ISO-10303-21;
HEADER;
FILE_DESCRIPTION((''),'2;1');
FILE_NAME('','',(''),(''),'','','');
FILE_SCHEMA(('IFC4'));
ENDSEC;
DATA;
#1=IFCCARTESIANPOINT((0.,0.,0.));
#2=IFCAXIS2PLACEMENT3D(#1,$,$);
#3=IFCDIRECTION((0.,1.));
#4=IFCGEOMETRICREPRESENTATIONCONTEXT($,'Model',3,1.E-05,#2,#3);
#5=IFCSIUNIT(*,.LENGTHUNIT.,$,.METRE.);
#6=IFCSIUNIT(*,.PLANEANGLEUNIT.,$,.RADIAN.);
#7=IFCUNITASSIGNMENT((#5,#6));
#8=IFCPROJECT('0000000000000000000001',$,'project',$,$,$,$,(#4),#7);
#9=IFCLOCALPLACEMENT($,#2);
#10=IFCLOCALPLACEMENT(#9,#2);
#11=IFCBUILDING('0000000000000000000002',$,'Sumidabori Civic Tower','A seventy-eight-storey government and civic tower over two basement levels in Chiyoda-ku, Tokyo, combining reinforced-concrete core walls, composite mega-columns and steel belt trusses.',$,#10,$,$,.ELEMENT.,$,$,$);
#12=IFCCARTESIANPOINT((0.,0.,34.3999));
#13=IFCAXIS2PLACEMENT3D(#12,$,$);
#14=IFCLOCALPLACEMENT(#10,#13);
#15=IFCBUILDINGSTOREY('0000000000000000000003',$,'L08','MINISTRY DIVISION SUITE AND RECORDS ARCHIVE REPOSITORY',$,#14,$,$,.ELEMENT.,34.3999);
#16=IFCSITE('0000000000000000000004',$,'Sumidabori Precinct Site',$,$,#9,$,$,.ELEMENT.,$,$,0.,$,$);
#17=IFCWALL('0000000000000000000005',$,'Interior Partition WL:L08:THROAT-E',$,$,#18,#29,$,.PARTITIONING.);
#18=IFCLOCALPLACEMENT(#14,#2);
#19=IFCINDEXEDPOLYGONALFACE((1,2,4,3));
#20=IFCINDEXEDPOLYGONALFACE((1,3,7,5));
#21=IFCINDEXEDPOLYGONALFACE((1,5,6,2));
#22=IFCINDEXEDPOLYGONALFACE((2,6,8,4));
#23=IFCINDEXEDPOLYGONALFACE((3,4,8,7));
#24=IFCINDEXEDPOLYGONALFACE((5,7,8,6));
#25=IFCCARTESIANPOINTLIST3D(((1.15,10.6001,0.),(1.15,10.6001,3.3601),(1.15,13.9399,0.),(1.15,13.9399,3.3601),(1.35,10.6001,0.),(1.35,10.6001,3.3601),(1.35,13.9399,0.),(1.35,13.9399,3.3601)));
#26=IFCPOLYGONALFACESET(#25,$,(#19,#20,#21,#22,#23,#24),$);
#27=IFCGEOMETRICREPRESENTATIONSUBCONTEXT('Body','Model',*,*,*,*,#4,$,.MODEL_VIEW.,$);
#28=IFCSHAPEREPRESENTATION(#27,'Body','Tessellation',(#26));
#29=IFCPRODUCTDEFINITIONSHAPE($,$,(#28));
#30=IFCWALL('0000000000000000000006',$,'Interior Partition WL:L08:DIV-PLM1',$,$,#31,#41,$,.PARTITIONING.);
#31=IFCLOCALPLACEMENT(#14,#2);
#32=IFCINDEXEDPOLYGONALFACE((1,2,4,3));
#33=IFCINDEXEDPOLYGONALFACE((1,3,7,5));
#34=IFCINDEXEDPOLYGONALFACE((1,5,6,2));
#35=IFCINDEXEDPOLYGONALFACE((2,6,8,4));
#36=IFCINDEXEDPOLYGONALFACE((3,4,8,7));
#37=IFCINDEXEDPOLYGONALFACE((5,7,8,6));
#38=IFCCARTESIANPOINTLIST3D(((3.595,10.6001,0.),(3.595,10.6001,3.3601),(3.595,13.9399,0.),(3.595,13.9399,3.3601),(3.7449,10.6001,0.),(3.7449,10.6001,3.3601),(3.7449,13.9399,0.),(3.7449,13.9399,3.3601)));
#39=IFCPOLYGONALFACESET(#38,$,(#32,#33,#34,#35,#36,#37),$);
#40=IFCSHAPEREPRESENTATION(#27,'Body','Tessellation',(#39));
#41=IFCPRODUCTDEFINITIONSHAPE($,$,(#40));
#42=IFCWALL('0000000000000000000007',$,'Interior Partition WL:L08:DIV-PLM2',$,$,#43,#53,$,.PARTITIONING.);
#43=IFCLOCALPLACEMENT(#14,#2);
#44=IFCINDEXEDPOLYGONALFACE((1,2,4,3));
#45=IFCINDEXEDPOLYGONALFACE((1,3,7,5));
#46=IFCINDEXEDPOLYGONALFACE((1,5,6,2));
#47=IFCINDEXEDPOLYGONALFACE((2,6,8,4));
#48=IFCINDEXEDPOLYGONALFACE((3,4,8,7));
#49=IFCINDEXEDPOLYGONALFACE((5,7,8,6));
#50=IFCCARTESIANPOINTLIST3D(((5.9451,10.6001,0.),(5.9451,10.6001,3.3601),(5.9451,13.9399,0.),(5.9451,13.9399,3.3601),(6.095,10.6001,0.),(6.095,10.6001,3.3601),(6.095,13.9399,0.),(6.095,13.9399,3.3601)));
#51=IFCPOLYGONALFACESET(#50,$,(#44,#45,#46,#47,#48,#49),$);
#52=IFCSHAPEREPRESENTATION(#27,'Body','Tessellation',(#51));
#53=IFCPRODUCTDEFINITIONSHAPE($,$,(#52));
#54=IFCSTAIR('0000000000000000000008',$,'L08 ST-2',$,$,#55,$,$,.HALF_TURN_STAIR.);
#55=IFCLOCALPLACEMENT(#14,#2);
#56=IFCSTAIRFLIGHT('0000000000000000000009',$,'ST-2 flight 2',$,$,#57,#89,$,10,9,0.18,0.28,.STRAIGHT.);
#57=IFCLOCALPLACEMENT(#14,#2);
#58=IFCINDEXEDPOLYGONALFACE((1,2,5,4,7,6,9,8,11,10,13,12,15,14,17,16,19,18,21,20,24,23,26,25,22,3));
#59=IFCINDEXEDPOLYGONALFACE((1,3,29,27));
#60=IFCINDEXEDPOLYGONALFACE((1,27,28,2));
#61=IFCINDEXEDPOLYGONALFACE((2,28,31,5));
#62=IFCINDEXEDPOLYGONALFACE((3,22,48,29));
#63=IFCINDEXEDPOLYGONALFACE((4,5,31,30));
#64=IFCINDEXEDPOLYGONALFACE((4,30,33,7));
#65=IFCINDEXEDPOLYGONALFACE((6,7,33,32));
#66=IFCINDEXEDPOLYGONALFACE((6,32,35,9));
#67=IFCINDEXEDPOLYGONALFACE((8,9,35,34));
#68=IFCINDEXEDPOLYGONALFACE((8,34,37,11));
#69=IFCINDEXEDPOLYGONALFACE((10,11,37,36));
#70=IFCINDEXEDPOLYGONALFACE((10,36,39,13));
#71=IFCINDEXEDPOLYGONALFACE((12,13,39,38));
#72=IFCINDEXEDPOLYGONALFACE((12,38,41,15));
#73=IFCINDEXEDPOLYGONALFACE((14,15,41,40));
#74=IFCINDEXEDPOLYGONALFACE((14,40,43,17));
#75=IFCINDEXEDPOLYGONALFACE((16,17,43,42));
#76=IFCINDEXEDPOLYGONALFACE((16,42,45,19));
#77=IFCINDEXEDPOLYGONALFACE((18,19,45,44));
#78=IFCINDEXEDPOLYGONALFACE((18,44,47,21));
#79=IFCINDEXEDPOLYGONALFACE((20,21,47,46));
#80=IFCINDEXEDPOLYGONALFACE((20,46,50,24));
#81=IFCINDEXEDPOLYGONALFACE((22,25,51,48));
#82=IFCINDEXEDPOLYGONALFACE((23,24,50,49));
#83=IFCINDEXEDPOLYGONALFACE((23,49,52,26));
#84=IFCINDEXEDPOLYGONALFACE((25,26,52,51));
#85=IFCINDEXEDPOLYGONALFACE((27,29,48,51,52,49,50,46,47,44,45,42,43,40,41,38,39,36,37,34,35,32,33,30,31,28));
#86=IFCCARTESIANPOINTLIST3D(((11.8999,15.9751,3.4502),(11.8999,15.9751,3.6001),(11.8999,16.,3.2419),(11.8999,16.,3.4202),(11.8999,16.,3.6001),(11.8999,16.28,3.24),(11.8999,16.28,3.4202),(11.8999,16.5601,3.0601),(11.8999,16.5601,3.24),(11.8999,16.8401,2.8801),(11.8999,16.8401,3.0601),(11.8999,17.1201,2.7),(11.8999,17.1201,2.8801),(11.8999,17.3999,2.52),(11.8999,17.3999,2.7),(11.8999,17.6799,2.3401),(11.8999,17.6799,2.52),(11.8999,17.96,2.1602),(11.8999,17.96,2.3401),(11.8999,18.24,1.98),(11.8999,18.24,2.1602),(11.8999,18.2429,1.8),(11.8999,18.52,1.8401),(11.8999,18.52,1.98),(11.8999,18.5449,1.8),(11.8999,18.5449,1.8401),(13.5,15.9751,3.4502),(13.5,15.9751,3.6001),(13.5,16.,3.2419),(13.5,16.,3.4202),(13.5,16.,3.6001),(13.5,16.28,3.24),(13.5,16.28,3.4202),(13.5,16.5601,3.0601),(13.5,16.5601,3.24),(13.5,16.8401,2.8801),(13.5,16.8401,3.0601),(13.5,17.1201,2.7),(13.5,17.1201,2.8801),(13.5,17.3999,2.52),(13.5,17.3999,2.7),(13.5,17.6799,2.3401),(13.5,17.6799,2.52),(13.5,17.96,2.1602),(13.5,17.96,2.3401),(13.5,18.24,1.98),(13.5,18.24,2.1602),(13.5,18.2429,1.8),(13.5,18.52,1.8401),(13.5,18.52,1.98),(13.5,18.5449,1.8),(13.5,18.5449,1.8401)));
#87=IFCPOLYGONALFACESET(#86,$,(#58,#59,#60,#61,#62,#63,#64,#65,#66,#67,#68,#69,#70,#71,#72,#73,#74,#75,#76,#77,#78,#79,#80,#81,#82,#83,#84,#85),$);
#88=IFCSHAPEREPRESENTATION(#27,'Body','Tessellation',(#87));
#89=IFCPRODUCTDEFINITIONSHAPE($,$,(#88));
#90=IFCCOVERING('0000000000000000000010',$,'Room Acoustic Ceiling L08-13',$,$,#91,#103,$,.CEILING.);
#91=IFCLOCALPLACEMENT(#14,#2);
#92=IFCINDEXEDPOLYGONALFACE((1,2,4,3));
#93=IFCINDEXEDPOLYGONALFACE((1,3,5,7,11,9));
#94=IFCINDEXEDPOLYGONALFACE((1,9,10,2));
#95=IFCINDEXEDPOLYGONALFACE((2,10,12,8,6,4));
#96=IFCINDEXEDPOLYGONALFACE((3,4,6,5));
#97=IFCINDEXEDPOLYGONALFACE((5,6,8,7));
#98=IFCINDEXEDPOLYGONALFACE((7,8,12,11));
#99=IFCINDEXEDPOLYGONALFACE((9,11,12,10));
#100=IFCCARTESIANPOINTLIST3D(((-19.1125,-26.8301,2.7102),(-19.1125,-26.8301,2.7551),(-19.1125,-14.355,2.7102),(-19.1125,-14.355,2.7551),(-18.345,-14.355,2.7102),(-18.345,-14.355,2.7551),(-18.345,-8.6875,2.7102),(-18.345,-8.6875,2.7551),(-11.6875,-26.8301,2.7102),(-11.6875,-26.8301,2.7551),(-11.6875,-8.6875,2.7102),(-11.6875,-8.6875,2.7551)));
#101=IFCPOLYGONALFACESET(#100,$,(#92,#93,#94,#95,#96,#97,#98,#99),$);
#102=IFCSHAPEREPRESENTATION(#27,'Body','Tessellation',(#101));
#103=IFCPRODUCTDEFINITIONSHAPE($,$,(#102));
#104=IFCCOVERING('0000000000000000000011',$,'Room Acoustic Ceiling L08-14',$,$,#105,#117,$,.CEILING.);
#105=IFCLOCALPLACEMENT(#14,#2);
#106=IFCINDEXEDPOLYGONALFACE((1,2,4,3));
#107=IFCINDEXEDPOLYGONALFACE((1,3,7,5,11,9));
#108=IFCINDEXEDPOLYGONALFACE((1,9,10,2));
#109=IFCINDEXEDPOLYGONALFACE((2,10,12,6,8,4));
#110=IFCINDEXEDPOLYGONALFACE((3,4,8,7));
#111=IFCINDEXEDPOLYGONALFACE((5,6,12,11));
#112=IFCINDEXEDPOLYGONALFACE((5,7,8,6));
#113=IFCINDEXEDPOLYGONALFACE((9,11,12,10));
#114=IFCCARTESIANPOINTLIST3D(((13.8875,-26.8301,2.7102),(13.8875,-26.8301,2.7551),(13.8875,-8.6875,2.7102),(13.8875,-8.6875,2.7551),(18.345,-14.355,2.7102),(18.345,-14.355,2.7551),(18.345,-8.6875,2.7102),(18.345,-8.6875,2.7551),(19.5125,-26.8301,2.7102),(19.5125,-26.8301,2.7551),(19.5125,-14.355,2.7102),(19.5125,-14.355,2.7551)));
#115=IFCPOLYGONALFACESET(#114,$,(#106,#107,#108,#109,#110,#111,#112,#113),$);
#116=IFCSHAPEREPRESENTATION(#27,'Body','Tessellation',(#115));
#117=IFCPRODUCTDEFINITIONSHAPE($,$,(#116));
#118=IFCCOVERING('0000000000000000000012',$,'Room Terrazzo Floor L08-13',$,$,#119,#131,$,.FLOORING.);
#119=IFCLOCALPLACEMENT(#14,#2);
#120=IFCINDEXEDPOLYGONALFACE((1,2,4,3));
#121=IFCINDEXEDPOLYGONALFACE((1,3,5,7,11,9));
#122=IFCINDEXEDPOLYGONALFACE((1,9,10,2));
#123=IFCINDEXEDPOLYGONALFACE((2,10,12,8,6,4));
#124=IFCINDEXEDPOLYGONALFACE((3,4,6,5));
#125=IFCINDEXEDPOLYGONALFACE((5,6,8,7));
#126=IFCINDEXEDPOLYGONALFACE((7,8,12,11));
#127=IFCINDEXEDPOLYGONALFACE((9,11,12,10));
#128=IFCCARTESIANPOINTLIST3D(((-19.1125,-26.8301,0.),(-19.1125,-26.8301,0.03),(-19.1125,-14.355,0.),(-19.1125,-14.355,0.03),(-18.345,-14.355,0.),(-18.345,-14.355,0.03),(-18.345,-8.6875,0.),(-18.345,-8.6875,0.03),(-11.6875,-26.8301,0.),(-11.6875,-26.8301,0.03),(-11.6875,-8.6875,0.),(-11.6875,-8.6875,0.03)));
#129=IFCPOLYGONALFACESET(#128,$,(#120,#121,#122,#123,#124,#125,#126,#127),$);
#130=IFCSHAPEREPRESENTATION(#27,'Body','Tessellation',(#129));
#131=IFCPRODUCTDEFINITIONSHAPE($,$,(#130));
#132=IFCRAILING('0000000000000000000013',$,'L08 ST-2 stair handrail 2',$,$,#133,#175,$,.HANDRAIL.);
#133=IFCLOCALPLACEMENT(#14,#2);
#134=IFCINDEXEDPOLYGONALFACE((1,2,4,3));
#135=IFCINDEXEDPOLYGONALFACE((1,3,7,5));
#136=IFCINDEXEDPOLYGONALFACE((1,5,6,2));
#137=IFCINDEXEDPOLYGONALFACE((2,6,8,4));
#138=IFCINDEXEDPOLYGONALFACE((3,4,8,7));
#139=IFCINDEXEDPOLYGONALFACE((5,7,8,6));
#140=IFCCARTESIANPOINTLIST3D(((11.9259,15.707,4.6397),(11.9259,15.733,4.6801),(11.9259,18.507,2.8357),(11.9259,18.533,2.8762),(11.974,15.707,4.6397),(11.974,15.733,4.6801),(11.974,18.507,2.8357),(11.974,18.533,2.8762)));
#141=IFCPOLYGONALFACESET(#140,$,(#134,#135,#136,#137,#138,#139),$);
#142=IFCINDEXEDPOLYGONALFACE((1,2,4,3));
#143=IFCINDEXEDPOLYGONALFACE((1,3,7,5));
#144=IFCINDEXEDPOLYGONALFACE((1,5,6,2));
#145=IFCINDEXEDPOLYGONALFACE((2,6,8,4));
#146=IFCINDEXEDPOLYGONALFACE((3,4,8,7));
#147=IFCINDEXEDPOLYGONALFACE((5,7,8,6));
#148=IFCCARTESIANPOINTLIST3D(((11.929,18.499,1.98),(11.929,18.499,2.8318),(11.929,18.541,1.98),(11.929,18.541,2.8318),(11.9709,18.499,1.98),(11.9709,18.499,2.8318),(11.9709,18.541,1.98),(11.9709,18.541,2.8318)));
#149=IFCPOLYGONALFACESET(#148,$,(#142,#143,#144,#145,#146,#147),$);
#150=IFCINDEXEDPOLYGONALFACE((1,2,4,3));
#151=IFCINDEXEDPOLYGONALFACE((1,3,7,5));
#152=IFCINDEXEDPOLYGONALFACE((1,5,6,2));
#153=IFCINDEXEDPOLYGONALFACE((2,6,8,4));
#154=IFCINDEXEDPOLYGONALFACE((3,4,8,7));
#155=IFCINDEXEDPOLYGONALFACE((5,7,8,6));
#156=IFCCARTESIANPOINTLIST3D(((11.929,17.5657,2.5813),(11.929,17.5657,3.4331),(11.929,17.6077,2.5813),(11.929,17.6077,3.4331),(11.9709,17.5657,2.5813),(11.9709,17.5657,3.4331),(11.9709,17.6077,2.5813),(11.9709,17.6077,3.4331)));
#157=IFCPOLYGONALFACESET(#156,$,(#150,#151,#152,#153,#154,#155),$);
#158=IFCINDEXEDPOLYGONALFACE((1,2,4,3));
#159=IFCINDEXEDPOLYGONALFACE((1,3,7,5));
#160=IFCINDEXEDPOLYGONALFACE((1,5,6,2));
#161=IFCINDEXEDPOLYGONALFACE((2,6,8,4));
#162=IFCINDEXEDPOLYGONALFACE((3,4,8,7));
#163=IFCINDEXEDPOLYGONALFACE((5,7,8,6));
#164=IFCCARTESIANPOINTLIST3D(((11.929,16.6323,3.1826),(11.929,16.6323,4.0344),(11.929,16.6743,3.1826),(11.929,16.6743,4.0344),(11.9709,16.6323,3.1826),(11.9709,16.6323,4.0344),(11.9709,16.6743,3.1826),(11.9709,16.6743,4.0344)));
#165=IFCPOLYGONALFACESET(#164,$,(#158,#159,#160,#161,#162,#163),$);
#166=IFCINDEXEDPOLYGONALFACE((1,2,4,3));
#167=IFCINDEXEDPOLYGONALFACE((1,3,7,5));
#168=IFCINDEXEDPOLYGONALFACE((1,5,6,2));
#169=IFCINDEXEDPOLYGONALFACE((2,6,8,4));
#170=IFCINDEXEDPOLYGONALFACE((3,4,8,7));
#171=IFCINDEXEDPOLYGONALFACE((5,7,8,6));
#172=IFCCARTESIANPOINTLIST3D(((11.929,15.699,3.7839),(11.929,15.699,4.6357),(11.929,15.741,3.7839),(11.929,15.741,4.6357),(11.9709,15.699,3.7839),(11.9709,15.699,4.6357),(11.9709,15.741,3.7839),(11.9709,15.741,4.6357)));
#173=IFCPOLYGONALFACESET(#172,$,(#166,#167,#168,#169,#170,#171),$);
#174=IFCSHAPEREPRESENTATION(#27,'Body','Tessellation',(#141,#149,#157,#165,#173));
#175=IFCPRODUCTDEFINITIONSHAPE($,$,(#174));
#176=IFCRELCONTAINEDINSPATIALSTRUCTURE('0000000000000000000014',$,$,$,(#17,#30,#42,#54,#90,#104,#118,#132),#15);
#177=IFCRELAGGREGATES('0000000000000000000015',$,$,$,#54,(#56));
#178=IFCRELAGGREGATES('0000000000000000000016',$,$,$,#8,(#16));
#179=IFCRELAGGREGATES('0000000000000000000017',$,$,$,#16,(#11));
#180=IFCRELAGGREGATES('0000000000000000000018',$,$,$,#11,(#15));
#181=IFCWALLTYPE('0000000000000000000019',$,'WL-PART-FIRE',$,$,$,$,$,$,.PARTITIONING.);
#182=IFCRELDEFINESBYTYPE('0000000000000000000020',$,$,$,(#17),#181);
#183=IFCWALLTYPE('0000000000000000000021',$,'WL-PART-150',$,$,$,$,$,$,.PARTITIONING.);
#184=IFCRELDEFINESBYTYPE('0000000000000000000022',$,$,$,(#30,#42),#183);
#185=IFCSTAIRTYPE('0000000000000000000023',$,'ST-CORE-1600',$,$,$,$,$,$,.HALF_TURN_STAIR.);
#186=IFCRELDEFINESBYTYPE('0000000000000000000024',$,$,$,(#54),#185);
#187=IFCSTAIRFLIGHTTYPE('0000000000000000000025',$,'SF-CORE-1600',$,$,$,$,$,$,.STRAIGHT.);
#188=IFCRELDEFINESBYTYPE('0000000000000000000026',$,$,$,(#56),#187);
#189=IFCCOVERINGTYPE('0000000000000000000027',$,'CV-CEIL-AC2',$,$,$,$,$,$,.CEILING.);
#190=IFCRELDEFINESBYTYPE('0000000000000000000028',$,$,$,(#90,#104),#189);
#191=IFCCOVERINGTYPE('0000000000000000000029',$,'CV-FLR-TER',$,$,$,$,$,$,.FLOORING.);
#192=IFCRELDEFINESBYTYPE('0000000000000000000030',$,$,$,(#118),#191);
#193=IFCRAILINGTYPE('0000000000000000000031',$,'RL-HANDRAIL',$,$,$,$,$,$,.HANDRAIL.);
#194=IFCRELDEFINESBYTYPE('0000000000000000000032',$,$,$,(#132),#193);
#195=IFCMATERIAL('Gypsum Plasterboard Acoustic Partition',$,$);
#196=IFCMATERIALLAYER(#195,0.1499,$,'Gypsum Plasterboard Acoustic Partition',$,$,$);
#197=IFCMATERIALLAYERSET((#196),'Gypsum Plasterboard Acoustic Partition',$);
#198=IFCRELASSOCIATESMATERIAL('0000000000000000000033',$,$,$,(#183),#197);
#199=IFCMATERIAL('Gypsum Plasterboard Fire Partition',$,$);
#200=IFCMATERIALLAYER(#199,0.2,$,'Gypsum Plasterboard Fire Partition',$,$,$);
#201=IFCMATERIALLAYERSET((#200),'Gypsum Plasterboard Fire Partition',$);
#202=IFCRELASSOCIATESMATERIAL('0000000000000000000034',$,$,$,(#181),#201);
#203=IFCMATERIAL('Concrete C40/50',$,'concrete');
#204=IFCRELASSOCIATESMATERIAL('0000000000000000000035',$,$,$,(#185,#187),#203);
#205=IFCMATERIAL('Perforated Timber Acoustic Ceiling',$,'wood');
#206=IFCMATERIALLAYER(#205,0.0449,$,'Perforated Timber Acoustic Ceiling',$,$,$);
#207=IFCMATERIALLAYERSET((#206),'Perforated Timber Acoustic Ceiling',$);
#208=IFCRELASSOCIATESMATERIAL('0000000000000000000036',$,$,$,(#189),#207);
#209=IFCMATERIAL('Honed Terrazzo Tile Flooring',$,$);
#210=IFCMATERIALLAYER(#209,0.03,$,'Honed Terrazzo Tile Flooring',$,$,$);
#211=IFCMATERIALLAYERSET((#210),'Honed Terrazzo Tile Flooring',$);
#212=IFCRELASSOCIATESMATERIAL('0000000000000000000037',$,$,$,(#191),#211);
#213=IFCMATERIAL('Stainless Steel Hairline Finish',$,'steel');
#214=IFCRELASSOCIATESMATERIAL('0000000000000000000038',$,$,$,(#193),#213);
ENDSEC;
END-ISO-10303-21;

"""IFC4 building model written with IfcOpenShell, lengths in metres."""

from ifc_helpers import new_model, si_unit, direction, frame, frame_2d, origin, origin_2d, place, context, subcontext, project, spatial, polyline, rectangle, outline, extrude, source, transform, mapped, material, layer, layer_set, type_object, element, aggregate, save


model = new_model("IFC4")

# Units and contexts
model_context = context("Model", 3, precision=1e-05, world=origin(), true_north=direction((0.0, 1.0)))
body_context = subcontext(model_context, "Body", "Model", "MODEL_VIEW")
ifc_project = project(units=[si_unit("LENGTHUNIT", "METRE"), si_unit("PLANEANGLEUNIT", "RADIAN")], contexts=[model_context])

# Site, building, storey
site_placement = place(None, origin())
site = spatial("IfcSite", under=ifc_project, at=site_placement, Name="Sumidabori Precinct Site", CompositionType="ELEMENT", RefElevation=0.0)
building_placement = place(site_placement, origin())
building = spatial("IfcBuilding", under=site, at=building_placement, Name="Sumidabori Civic Tower", Description="A seventy-eight-storey government and civic tower over two basement levels in Chiyoda-ku, Tokyo, combining reinforced-concrete core walls, composite mega-columns and steel belt trusses.", CompositionType="ELEMENT")
storey_placement = place(building_placement, frame((0.0, 0.0, 34.3999)))
storey = spatial("IfcBuildingStorey", under=building, at=storey_placement, Name="L08", Description="MINISTRY DIVISION SUITE AND RECORDS ARCHIVE REPOSITORY", CompositionType="ELEMENT", Elevation=34.3999)

# Shared definitions
ifc_material_1 = material(Name="Stainless Steel Hairline Finish", Category="steel")

# Walls
ifc_material_2 = material(Name="Gypsum Plasterboard Acoustic Partition")
ifc_layer_1 = layer(ifc_material_2, 0.1499, Name="Gypsum Plasterboard Acoustic Partition")
ifc_layer_set_1 = layer_set([ifc_layer_1], Name="Gypsum Plasterboard Acoustic Partition")
wall_type_1 = type_object("IfcWallType", Name="WL-PART-150", PredefinedType="PARTITIONING", material=ifc_layer_set_1)
ifc_material_3 = material(Name="Gypsum Plasterboard Fire Partition")
ifc_layer_2 = layer(ifc_material_3, 0.2, Name="Gypsum Plasterboard Fire Partition")
ifc_layer_set_2 = layer_set([ifc_layer_2], Name="Gypsum Plasterboard Fire Partition")
wall_type_2 = type_object("IfcWallType", Name="WL-PART-FIRE", PredefinedType="PARTITIONING", material=ifc_layer_set_2)
shared_shape_1 = source(origin(), body_context, "Body", "SweptSolid", [
    extrude(rectangle(XDim=3.3398, YDim=0.2, at=frame_2d((1.6699, 0.0))), origin(), (0.0, 0.0, 1.0), 3.3601),
])
wall_1_placement = place(storey_placement, frame((1.25, 10.6001, 0.0), z_axis=(0.0, 0.0, 1.0), x_axis=(0.0, 1.0, 0.0)))
element("IfcWall", 1, at=wall_1_placement, inside=storey, type_object=wall_type_2, Name="Interior Partition WL:L08:THROAT-E", PredefinedType="PARTITIONING", context=body_context, shape_type="MappedRepresentation", body=[
    mapped(shared_shape_1, transform((0.0, 0.0, 0.0), x_axis=(1.0, 0.0, 0.0), y_axis=(0.0, 1.0, 0.0), z_axis=(0.0, 0.0, 1.0), scale=1.0)),
])
shared_shape_2 = source(origin(), body_context, "Body", "SweptSolid", [
    extrude(rectangle(XDim=3.3398, YDim=0.1499, at=frame_2d((1.6699, 0.0))), origin(), (0.0, 0.0, 1.0), 3.3601),
])
for number, where, z_axis, x_axis, name in (
    (2, (3.6699, 10.6001, 0.0), (0.0, 0.0, 1.0), (0.0, 1.0, 0.0), "Interior Partition WL:L08:DIV-PLM1"),
    (3, (6.02, 10.6001, 0.0), (0.0, 0.0, 1.0), (0.0, 1.0, 0.0), "Interior Partition WL:L08:DIV-PLM2"),
):
    element("IfcWall", number, at=place(storey_placement, frame(where, z_axis=z_axis, x_axis=x_axis)), inside=storey, type_object=wall_type_1, Name=name, PredefinedType="PARTITIONING", context=body_context, shape_type="MappedRepresentation", body=[
        mapped(shared_shape_2, transform((0.0, 0.0, 0.0), x_axis=(1.0, 0.0, 0.0), y_axis=(0.0, 1.0, 0.0), z_axis=(0.0, 0.0, 1.0), scale=1.0)),
    ])

# Stair, stair flight
ifc_material_4 = material(Name="Concrete C40/50", Category="concrete")
stair_type = type_object("IfcStairType", Name="ST-CORE-1600", PredefinedType="HALF_TURN_STAIR", material=ifc_material_4)
stair_placement = place(storey_placement, origin())
stair = element("IfcStair", 4, at=stair_placement, inside=storey, type_object=stair_type, Name="L08 ST-2", PredefinedType="HALF_TURN_STAIR")
stair_flight_type = type_object("IfcStairFlightType", Name="SF-CORE-1600", PredefinedType="STRAIGHT", material=ifc_material_4)
shared_shape_3 = source(origin(), body_context, "Body", "SweptSolid", [
    extrude(outline(polyline([(-0.0249, 0.0), (-0.0249, 0.04), (0.0, 0.04), (0.0, 0.1799), (0.28, 0.1799), (0.28, 0.3601), (0.5601, 0.3601), (0.5601, 0.54), (0.8401, 0.54), (0.8401, 0.72), (1.1201, 0.72), (1.1201, 0.8999), (1.3999, 0.8999), (1.3999, 1.0801), (1.6799, 1.0801), (1.6799, 1.26), (1.96, 1.26), (1.96, 1.4399), (2.24, 1.4399), (2.24, 1.6201), (2.52, 1.6201), (2.52, 1.8), (2.5449, 1.8), (2.5449, 1.6501), (2.52, 1.4419), (0.2771, 0.0), (-0.0249, 0.0)])), frame((0.0, 0.8, 0.0), z_axis=(0.0, -1.0, 0.0), x_axis=(1.0, 0.0, 0.0)), (0.0, 0.0, 1.0), 1.6001),
])
stair_flight_placement = place(storey_placement, frame((12.7, 18.52, 1.8), z_axis=(0.0, 0.0, 1.0), x_axis=(0.0, -1.0, 0.0)))
stair_flight = element("IfcStairFlight", 5, at=stair_flight_placement, type_object=stair_flight_type, Name="ST-2 flight 2", NumberOfRisers=10, NumberOfTreads=9, PredefinedType="STRAIGHT", RiserHeight=0.18, TreadLength=0.28, context=body_context, shape_type="MappedRepresentation", body=[
    mapped(shared_shape_3, transform((0.0, 0.0, 0.0), x_axis=(1.0, 0.0, 0.0), y_axis=(0.0, 1.0, 0.0), z_axis=(0.0, 0.0, 1.0), scale=1.0)),
])
aggregate(stair, [stair_flight])

# Coverings
ifc_material_5 = material(Name="Perforated Timber Acoustic Ceiling", Category="wood")
ifc_layer_3 = layer(ifc_material_5, 0.0449, Name="Perforated Timber Acoustic Ceiling")
ifc_layer_set_3 = layer_set([ifc_layer_3], Name="Perforated Timber Acoustic Ceiling")
covering_type_1 = type_object("IfcCoveringType", Name="CV-CEIL-AC2", PredefinedType="CEILING", material=ifc_layer_set_3)
covering_1_placement = place(storey_placement, frame((0.0, 0.0, 2.7102)))
element("IfcCovering", 6, at=covering_1_placement, inside=storey, type_object=covering_type_1, Name="Room Acoustic Ceiling L08-13", PredefinedType="CEILING", context=body_context, shape_type="SweptSolid", body=[
    extrude(outline(polyline([(-18.345, -14.355), (-18.345, -8.6875), (-11.6875, -8.6875), (-11.6875, -26.8301), (-19.1125, -26.8301), (-19.1125, -14.355), (-18.345, -14.355)])), origin(), (0.0, 0.0, 1.0), 0.0449),
])
covering_2_placement = place(storey_placement, frame((0.0, 0.0, 2.7102)))
element("IfcCovering", 7, at=covering_2_placement, inside=storey, type_object=covering_type_1, Name="Room Acoustic Ceiling L08-14", PredefinedType="CEILING", context=body_context, shape_type="SweptSolid", body=[
    extrude(outline(polyline([(18.345, -14.355), (19.5125, -14.355), (19.5125, -26.8301), (13.8875, -26.8301), (13.8875, -8.6875), (18.345, -8.6875), (18.345, -14.355)])), origin(), (0.0, 0.0, 1.0), 0.0449),
])
ifc_material_6 = material(Name="Honed Terrazzo Tile Flooring")
ifc_layer_4 = layer(ifc_material_6, 0.03, Name="Honed Terrazzo Tile Flooring")
ifc_layer_set_4 = layer_set([ifc_layer_4], Name="Honed Terrazzo Tile Flooring")
covering_type_2 = type_object("IfcCoveringType", Name="CV-FLR-TER", PredefinedType="FLOORING", material=ifc_layer_set_4)
covering_3_placement = place(storey_placement, origin())
element("IfcCovering", 8, at=covering_3_placement, inside=storey, type_object=covering_type_2, Name="Room Terrazzo Floor L08-13", PredefinedType="FLOORING", context=body_context, shape_type="SweptSolid", body=[
    extrude(outline(polyline([(-18.345, -14.355), (-18.345, -8.6875), (-11.6875, -8.6875), (-11.6875, -26.8301), (-19.1125, -26.8301), (-19.1125, -14.355), (-18.345, -14.355)])), origin(), (0.0, 0.0, 1.0), 0.03),
])

# Railing
railing_type_1 = type_object("IfcRailingType", Name="RL-HANDRAIL", PredefinedType="HANDRAIL", material=ifc_material_1)
railing_1_placement = place(storey_placement, frame((11.95, 18.52, 1.98)))
element("IfcRailing", 9, at=railing_1_placement, inside=storey, type_object=railing_type_1, Name="L08 ST-2 stair handrail 2", PredefinedType="HANDRAIL", context=body_context, shape_type="SweptSolid", body=[
    extrude(rectangle(XDim=0.0481, YDim=0.0481, at=origin_2d()), frame((0.0, 0.0, 0.876), z_axis=(0.0, -0.840642, 0.541591), x_axis=(1.0, 0.0, 0.0)), (0.0, 0.0, 1.0), 3.3308),
    extrude(rectangle(XDim=0.042, YDim=0.042, at=origin_2d()), origin(), (0.0, 0.0, 1.0), 0.8518),
    extrude(rectangle(XDim=0.042, YDim=0.042, at=origin_2d()), frame((0.0, -0.9333, 0.6013)), (0.0, 0.0, 1.0), 0.8518),
    extrude(rectangle(XDim=0.042, YDim=0.042, at=origin_2d()), frame((0.0, -1.8667, 1.2026)), (0.0, 0.0, 1.0), 0.8518),
    extrude(rectangle(XDim=0.042, YDim=0.042, at=origin_2d()), frame((0.0, -2.8, 1.804)), (0.0, 0.0, 1.0), 0.8518),
])

save(model, "model.ifc")
